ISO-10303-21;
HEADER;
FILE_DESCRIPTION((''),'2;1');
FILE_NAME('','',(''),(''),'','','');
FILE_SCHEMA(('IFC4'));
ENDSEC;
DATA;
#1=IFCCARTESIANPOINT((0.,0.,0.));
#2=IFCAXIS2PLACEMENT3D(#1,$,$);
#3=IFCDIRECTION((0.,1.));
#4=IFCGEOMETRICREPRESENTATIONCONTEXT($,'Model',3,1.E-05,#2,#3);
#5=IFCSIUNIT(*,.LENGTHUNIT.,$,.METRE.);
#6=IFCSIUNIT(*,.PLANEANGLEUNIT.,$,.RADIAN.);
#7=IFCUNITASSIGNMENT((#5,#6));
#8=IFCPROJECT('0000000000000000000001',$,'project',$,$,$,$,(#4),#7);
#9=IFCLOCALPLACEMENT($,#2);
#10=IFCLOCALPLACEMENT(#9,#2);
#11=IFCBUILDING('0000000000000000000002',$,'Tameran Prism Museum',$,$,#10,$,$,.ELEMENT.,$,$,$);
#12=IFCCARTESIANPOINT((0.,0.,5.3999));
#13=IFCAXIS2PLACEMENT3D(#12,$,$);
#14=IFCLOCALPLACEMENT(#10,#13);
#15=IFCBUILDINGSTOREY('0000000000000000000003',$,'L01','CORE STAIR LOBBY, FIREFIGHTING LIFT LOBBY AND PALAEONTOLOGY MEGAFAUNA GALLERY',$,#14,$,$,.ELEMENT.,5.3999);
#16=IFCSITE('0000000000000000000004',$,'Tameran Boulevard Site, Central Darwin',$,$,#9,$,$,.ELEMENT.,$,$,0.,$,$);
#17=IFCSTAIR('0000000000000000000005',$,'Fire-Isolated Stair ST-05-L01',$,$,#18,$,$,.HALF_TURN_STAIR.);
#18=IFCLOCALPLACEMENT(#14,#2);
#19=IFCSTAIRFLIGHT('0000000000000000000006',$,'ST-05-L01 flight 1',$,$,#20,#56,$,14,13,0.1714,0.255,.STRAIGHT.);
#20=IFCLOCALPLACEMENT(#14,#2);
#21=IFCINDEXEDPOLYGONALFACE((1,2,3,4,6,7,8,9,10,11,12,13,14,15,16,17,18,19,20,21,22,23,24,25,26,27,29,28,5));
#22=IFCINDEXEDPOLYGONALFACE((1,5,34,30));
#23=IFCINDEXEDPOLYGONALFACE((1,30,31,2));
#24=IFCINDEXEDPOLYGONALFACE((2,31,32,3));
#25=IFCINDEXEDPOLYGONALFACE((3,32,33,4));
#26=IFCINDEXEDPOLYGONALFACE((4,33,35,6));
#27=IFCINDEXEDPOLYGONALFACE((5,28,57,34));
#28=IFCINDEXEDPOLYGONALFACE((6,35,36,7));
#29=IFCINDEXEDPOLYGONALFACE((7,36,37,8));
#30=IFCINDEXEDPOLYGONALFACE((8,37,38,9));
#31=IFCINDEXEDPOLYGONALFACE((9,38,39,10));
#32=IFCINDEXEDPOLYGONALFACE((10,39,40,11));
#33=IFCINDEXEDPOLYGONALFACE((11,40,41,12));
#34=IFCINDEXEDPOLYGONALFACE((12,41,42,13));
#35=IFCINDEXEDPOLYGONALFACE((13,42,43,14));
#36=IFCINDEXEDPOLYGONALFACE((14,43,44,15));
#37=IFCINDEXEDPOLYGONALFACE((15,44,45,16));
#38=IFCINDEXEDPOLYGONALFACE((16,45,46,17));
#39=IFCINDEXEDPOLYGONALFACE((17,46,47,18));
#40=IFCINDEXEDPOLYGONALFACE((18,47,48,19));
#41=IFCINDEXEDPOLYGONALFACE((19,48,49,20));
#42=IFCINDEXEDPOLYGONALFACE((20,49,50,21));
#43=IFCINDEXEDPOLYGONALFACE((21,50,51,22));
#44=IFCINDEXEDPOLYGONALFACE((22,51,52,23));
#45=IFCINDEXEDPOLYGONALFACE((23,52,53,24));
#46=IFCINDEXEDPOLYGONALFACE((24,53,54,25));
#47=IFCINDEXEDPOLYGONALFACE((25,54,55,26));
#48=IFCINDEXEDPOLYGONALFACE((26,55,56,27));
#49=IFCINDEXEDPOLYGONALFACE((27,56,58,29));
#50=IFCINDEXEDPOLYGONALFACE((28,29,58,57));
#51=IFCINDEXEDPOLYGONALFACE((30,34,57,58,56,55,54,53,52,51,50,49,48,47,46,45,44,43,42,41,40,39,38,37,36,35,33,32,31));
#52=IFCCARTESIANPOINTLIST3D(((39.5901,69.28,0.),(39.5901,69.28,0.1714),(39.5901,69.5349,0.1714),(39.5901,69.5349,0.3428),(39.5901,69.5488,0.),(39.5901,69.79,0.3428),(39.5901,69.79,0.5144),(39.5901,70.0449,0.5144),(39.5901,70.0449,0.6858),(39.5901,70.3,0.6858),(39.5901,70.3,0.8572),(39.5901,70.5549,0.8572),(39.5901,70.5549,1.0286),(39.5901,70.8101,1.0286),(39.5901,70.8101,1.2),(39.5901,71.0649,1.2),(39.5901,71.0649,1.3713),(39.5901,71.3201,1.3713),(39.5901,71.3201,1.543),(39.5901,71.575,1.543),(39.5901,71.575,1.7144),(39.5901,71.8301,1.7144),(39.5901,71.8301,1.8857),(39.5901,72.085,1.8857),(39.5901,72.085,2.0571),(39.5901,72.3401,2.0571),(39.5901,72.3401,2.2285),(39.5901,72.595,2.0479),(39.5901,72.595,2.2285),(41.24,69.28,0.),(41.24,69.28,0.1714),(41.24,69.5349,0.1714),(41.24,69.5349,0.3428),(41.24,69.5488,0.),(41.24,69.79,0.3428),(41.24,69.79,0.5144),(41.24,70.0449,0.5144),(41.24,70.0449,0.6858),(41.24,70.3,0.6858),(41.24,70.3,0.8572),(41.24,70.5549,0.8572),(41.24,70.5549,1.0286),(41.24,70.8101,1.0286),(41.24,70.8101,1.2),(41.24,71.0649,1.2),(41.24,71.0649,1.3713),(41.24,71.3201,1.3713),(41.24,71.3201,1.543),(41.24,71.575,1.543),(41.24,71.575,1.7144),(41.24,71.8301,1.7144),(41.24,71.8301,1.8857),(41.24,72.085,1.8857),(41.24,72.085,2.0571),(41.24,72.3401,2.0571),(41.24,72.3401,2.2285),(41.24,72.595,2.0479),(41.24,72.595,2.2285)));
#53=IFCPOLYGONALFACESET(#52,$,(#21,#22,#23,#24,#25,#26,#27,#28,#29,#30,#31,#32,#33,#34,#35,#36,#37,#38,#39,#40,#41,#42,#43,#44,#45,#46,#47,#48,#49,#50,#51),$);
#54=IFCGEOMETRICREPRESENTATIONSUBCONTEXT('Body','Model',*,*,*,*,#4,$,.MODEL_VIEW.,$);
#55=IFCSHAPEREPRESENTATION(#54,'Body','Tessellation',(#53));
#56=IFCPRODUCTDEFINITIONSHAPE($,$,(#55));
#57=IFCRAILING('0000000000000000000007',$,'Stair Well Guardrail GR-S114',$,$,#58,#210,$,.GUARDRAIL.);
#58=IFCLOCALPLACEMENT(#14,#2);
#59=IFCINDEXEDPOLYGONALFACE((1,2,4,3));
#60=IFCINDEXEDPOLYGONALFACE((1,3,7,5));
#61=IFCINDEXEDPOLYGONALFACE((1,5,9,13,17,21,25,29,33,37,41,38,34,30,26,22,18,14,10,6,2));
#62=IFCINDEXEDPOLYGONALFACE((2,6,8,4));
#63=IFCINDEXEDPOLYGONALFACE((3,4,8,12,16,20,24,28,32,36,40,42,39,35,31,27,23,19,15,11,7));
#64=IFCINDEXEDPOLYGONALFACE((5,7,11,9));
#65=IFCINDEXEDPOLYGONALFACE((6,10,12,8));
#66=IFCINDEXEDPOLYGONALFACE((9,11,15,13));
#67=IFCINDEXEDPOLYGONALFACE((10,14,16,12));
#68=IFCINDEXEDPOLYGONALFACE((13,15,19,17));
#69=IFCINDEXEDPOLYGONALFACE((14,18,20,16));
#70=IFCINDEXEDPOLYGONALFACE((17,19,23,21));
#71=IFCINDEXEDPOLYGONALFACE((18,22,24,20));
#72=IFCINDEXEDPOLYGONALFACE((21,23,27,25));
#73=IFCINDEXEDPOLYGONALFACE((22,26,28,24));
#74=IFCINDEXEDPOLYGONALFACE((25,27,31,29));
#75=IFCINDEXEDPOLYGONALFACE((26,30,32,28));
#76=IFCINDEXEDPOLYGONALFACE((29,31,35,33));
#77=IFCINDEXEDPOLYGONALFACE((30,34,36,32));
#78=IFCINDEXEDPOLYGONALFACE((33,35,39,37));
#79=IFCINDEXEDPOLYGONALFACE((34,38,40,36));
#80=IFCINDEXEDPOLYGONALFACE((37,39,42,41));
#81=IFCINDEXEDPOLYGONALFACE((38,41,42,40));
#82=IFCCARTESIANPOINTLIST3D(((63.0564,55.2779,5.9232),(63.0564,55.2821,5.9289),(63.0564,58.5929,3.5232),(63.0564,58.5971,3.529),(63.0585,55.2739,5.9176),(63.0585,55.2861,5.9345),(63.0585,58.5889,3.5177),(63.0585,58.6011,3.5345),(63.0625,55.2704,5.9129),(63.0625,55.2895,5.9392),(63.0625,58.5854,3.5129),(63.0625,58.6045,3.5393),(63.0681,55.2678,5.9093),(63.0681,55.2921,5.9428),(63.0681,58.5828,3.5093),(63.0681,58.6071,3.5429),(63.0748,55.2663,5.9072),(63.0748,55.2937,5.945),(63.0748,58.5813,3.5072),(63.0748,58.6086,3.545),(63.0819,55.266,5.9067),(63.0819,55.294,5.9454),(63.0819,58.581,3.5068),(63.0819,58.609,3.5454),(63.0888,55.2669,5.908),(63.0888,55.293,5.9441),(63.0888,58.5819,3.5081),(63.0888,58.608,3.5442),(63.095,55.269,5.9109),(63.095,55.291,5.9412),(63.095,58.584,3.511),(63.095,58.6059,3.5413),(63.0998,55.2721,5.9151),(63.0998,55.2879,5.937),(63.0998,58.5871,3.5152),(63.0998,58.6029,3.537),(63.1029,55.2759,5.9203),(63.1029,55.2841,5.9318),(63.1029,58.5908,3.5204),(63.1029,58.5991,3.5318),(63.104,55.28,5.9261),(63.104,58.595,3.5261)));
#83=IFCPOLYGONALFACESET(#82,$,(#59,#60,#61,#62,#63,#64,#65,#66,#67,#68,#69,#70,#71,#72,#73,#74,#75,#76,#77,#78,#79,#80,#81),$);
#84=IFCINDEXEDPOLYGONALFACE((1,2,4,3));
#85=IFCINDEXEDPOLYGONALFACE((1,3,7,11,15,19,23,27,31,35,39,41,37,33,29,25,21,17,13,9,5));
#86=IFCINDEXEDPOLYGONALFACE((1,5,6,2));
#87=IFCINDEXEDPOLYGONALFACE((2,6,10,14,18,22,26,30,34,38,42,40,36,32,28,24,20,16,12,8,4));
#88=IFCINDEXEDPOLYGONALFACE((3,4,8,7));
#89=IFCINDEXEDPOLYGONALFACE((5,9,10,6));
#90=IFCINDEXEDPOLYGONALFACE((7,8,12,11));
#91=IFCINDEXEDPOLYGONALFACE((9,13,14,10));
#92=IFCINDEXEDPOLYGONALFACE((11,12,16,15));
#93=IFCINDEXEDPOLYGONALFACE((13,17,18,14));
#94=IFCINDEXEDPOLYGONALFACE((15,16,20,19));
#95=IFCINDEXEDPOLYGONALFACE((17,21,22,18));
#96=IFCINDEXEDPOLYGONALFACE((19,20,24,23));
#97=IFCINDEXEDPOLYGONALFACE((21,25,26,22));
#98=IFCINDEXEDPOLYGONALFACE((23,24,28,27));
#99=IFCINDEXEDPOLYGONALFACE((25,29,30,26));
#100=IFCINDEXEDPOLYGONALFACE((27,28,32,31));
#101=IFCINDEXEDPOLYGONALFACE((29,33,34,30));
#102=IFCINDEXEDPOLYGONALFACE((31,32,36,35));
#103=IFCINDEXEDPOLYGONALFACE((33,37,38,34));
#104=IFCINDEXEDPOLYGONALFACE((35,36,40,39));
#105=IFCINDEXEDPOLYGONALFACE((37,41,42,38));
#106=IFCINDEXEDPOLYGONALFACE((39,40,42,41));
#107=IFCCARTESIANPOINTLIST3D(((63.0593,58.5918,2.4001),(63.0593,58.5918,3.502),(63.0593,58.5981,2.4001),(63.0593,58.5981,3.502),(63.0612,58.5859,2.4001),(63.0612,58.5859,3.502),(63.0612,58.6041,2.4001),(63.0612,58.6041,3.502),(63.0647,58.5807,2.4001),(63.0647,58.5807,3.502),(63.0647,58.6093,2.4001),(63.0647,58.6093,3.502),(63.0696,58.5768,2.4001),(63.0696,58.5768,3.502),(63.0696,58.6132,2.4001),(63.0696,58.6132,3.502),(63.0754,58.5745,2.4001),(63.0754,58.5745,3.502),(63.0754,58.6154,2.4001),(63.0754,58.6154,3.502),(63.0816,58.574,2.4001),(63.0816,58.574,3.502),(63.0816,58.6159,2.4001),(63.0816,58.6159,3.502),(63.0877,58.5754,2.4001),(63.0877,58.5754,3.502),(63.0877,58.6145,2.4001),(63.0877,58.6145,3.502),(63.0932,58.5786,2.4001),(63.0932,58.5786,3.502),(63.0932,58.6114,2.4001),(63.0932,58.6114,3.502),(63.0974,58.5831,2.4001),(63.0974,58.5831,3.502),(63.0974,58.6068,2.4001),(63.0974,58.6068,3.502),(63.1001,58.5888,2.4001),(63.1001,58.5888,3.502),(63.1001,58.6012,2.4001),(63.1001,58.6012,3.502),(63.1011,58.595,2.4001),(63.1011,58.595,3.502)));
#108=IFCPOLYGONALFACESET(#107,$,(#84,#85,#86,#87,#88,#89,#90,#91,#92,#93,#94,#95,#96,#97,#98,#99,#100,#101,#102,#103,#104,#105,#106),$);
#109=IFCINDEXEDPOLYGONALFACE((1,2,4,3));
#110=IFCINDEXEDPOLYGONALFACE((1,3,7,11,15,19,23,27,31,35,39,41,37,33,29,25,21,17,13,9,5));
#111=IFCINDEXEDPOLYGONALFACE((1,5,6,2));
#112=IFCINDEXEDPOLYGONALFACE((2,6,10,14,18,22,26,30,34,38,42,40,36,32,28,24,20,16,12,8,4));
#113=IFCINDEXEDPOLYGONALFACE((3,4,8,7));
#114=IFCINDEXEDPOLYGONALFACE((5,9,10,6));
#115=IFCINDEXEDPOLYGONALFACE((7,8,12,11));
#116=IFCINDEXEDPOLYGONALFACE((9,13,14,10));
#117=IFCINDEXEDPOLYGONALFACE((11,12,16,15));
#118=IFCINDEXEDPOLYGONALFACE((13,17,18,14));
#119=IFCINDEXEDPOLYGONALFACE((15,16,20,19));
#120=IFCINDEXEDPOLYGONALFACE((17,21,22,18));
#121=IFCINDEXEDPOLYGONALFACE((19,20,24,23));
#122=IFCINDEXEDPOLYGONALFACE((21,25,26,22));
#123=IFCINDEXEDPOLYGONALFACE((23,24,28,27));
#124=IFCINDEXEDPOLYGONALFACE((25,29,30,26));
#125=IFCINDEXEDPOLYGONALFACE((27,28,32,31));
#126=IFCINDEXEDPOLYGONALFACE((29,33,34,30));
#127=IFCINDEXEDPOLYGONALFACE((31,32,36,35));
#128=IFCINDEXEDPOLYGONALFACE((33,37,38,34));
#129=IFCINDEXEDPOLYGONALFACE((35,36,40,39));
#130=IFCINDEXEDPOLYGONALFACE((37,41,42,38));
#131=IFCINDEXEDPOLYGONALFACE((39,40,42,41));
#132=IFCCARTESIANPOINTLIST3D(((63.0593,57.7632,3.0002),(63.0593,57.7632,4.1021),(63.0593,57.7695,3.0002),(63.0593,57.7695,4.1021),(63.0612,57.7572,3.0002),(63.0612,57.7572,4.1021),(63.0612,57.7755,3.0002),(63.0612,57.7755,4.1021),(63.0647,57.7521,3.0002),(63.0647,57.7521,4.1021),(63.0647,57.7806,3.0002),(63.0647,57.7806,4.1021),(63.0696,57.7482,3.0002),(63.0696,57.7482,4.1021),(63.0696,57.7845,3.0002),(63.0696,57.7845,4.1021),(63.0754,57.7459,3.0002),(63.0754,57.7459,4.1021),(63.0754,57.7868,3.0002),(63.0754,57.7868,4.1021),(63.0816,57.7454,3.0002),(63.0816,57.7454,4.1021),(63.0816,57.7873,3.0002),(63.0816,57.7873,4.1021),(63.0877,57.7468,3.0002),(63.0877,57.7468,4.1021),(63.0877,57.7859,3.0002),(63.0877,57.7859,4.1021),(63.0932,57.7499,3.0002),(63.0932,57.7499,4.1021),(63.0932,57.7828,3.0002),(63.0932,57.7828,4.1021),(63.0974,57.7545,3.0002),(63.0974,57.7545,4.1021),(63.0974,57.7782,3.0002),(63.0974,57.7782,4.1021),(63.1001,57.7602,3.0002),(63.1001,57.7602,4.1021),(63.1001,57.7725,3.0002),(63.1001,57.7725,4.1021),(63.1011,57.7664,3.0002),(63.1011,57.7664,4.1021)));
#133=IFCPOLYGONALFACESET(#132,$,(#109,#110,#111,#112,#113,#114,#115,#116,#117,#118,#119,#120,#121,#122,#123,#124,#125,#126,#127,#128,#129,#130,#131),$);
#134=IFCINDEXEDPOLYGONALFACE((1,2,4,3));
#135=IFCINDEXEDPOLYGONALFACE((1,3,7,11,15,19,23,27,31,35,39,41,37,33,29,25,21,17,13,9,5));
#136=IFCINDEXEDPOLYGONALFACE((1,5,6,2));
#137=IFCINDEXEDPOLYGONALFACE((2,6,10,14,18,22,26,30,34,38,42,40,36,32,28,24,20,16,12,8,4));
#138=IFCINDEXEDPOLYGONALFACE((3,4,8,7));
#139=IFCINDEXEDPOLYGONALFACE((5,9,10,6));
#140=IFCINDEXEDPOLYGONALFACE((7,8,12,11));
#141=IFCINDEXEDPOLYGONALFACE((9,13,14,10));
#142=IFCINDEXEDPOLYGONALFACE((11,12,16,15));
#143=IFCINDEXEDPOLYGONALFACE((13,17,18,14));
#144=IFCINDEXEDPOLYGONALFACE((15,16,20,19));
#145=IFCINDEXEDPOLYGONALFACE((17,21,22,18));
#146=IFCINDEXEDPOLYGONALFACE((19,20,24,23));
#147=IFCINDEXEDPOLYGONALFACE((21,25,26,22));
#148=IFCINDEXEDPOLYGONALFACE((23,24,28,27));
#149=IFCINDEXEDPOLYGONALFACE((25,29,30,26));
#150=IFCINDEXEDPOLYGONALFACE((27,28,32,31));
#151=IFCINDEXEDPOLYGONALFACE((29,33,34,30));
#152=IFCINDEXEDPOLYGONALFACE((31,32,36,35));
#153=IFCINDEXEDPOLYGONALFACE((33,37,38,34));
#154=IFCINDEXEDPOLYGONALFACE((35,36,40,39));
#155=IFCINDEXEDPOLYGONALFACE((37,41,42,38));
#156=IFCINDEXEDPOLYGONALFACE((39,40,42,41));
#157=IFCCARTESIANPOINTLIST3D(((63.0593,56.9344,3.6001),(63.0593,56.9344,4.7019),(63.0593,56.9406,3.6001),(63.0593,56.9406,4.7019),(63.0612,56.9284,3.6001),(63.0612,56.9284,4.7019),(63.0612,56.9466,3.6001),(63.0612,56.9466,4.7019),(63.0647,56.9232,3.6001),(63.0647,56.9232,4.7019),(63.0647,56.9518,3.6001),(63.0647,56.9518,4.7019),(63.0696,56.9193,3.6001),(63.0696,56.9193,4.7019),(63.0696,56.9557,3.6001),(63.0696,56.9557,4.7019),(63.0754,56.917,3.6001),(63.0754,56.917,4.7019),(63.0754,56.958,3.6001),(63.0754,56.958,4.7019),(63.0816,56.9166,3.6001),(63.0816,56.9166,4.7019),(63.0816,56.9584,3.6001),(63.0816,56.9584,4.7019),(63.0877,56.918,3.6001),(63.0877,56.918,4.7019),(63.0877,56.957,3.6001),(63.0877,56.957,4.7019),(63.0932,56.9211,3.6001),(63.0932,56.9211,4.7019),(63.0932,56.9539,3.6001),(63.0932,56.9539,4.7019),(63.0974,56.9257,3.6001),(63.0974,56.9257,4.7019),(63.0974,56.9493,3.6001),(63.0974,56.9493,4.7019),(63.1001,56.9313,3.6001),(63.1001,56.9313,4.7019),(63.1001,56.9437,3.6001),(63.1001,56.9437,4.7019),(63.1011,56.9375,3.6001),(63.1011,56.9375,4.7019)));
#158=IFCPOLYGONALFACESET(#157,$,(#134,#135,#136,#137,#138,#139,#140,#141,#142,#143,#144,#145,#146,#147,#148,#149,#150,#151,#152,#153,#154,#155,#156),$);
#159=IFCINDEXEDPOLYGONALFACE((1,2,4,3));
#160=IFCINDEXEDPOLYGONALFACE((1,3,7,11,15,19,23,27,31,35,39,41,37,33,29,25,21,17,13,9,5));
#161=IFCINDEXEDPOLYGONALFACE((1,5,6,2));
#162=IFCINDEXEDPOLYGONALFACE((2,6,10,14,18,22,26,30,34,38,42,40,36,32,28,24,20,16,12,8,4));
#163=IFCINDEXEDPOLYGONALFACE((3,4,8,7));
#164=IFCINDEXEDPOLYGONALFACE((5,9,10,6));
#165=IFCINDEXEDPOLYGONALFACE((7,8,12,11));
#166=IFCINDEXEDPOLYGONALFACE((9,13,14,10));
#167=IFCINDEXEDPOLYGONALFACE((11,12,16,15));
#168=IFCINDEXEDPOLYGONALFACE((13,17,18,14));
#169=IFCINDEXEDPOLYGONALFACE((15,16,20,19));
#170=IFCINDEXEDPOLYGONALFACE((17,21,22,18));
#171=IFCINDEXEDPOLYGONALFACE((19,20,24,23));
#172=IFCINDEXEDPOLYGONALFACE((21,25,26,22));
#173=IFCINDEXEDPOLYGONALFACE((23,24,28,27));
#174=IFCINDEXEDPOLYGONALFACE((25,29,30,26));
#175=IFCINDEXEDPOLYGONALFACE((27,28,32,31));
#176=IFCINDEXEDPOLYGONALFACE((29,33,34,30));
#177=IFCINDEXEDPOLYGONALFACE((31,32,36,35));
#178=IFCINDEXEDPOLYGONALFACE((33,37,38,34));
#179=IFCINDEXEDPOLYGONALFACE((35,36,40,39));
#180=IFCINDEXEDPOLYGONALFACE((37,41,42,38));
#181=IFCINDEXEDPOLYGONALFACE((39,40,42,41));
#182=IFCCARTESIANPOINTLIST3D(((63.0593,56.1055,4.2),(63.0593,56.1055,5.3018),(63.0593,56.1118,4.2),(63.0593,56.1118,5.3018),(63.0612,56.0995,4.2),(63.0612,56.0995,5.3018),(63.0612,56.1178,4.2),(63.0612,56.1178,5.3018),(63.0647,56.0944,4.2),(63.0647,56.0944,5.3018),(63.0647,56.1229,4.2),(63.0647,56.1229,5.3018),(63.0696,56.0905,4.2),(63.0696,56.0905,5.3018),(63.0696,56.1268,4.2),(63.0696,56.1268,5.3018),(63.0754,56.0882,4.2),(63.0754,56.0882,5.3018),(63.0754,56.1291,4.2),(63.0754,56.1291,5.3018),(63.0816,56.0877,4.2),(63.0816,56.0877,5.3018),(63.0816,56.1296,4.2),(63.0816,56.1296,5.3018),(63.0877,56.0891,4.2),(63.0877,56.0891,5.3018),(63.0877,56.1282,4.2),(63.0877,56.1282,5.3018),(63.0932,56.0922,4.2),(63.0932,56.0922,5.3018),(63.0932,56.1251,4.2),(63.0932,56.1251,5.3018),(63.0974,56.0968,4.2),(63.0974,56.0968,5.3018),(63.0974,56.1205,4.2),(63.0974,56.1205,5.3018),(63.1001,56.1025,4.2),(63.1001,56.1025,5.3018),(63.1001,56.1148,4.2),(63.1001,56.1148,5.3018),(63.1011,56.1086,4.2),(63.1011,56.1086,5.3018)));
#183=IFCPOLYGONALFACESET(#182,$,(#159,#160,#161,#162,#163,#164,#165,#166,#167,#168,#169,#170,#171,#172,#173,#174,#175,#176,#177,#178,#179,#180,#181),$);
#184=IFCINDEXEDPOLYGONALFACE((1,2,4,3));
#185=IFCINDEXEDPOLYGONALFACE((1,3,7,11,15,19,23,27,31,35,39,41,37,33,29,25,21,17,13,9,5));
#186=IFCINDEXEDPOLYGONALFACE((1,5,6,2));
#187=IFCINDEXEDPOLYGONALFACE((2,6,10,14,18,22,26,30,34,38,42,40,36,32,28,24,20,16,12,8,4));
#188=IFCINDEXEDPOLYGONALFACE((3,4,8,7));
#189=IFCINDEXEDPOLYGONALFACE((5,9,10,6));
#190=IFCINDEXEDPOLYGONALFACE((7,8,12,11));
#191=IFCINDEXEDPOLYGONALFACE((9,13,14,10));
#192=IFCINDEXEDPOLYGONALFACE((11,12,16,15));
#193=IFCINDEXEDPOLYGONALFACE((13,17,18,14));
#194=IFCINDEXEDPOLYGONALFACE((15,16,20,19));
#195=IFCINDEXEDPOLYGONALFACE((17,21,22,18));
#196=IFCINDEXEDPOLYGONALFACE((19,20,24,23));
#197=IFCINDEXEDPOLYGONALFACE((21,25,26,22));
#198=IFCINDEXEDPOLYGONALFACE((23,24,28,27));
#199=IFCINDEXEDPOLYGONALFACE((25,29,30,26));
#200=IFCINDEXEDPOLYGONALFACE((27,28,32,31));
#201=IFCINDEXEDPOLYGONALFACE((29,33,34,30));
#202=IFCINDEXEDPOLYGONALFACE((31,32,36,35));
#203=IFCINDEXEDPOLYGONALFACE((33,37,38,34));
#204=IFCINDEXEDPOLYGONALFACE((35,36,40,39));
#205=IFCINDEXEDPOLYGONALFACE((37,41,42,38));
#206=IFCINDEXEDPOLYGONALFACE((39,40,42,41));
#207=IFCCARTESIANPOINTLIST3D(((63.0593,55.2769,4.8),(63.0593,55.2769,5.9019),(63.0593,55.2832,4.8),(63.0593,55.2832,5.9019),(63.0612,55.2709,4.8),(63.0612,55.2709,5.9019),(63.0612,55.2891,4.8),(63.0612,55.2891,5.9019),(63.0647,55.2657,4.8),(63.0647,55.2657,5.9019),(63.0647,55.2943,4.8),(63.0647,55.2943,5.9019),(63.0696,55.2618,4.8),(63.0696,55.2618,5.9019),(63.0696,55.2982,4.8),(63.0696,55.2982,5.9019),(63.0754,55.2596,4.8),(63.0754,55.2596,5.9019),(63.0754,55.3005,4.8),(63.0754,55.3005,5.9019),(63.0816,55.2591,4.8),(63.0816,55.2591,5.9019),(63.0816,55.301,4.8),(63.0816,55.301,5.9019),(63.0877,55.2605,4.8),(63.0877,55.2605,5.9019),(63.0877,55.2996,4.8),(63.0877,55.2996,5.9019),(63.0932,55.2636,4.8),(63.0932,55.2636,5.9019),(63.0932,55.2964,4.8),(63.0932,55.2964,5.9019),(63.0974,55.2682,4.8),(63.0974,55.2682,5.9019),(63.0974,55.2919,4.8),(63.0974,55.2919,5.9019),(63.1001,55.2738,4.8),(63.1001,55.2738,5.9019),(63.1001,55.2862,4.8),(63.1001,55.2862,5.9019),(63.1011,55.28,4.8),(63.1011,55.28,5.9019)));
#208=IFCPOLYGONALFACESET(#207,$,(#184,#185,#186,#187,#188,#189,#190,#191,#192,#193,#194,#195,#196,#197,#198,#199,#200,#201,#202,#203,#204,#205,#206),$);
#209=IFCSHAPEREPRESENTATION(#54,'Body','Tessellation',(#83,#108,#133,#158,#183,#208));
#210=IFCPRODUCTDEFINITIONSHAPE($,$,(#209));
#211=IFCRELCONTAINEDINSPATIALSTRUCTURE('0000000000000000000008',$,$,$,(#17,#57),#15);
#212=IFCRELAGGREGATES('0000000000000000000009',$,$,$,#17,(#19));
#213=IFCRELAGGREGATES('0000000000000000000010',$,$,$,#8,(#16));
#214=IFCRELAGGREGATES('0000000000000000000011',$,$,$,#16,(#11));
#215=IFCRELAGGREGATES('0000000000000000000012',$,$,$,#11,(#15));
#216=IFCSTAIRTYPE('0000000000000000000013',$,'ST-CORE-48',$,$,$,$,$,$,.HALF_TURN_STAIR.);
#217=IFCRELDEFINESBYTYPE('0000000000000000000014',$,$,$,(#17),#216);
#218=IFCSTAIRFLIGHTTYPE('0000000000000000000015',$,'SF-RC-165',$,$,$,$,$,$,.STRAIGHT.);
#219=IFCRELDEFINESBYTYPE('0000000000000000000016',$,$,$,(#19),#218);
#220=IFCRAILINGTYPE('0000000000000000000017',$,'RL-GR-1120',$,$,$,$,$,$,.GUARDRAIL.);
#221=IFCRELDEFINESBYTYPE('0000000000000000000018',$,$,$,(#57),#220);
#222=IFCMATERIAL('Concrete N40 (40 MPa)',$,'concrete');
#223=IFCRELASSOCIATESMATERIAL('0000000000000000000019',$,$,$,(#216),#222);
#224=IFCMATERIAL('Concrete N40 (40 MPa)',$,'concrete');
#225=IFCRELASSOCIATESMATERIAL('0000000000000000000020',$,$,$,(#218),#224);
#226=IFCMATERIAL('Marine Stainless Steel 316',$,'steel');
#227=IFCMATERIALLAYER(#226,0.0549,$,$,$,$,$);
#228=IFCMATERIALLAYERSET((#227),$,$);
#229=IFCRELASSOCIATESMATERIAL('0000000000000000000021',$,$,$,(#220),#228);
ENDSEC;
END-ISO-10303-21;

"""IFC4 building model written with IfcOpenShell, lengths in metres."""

from ifc_helpers import new_model, si_unit, direction, frame, origin, origin_2d, place, context, subcontext, project, spatial, polyline, circle, outline, extrude, material, layer, layer_set, type_object, element, aggregate, save


model = new_model("IFC4")

# Units and contexts
model_context = context("Model", 3, precision=1e-05, world=origin(), true_north=direction((0.0, 1.0)))
body_context = subcontext(model_context, "Body", "Model", "MODEL_VIEW")
ifc_project = project(units=[si_unit("LENGTHUNIT", "METRE"), si_unit("PLANEANGLEUNIT", "RADIAN")], contexts=[model_context])

# Site, building, storey
site_placement = place(None, origin())
site = spatial("IfcSite", under=ifc_project, at=site_placement, Name="Tameran Boulevard Site, Central Darwin", CompositionType="ELEMENT", RefElevation=0.0)
building_placement = place(site_placement, origin())
building = spatial("IfcBuilding", under=site, at=building_placement, Name="Tameran Prism Museum", CompositionType="ELEMENT")
storey_placement = place(building_placement, frame((0.0, 0.0, 5.3999)))
storey = spatial("IfcBuildingStorey", under=building, at=storey_placement, Name="L01", Description="CORE STAIR LOBBY, FIREFIGHTING LIFT LOBBY AND PALAEONTOLOGY MEGAFAUNA GALLERY", CompositionType="ELEMENT", Elevation=5.3999)

# Stair, stair flight
ifc_material_1 = material(Name="Concrete N40 (40 MPa)", Category="concrete")
stair_type = type_object("IfcStairType", Name="ST-CORE-48", PredefinedType="HALF_TURN_STAIR", material=ifc_material_1)
ifc_material_2 = material(Name="Concrete N40 (40 MPa)", Category="concrete")
stair_flight_type = type_object("IfcStairFlightType", Name="SF-RC-165", PredefinedType="STRAIGHT", material=ifc_material_2)
stair_1_placement = place(storey_placement, origin())
stair_1 = element("IfcStair", 1, at=stair_1_placement, inside=storey, type_object=stair_type, Name="Fire-Isolated Stair ST-05-L01", PredefinedType="HALF_TURN_STAIR")
stair_flight_1_placement = place(storey_placement, frame((40.415, 69.28, 0.0), z_axis=(0.0, 0.0, 1.0), x_axis=(0.0, 1.0, 0.0)))
stair_flight_1 = element("IfcStairFlight", 2, at=stair_flight_1_placement, type_object=stair_flight_type, Name="ST-05-L01 flight 1", NumberOfRisers=14, NumberOfTreads=13, PredefinedType="STRAIGHT", RiserHeight=0.1714, TreadLength=0.255, context=body_context, shape_type="SweptSolid", body=[
    extrude(outline(polyline([(0.0, 0.0), (0.0, 0.1714), (0.2549, 0.1714), (0.2549, 0.3428), (0.51, 0.3428), (0.51, 0.5144), (0.7649, 0.5144), (0.7649, 0.6858), (1.02, 0.6858), (1.02, 0.8572), (1.2749, 0.8572), (1.2749, 1.0286), (1.53, 1.0286), (1.53, 1.2), (1.7849, 1.2), (1.7849, 1.3713), (2.04, 1.3713), (2.04, 1.543), (2.2949, 1.543), (2.2949, 1.7144), (2.55, 1.7144), (2.55, 1.8857), (2.8049, 1.8857), (2.8049, 2.0571), (3.0601, 2.0571), (3.0601, 2.2285), (3.3149, 2.2285), (3.3149, 2.3999), (3.3149, 2.0479), (0.2688, 0.0), (0.0, 0.0)])), frame((0.0, 0.825, 0.0), z_axis=(0.0, -1.0, 0.0), x_axis=(1.0, 0.0, 0.0)), (0.0, 0.0, 1.0), 1.6499),
])
aggregate(stair_1, [stair_flight_1])

# Railing
ifc_material_3 = material(Name="Marine Stainless Steel 316", Category="steel")
ifc_layer_1 = layer(ifc_material_3, 0.0549)
ifc_layer_set_1 = layer_set([ifc_layer_1])
railing_type_1 = type_object("IfcRailingType", Name="RL-GR-1120", PredefinedType="GUARDRAIL", material=ifc_layer_set_1)
railing_1_placement = place(storey_placement, frame((63.0801, 58.595, 2.4001)))
element("IfcRailing", 3, at=railing_1_placement, inside=storey, type_object=railing_type_1, Name="Stair Well Guardrail GR-S114", PredefinedType="GUARDRAIL", context=body_context, shape_type="SweptSolid", body=[
    extrude(circle(Radius=0.0239, at=origin_2d()), frame((0.0, 0.0, 1.126), z_axis=(0.0, -0.810009, 0.586418), x_axis=(1.0, 0.0, 0.0)), (0.0, 0.0, 1.0), 4.0925),
    extrude(circle(Radius=0.021, at=origin_2d()), origin(), (0.0, 0.0, 1.0), 1.1018),
    extrude(circle(Radius=0.021, at=origin_2d()), frame((0.0, -0.8286, 0.6001)), (0.0, 0.0, 1.0), 1.1018),
    extrude(circle(Radius=0.021, at=origin_2d()), frame((0.0, -1.6575, 1.2)), (0.0, 0.0, 1.0), 1.1018),
    extrude(circle(Radius=0.021, at=origin_2d()), frame((0.0, -2.4863, 1.7998)), (0.0, 0.0, 1.0), 1.1018),
    extrude(circle(Radius=0.021, at=origin_2d()), frame((0.0, -3.3149, 2.3999)), (0.0, 0.0, 1.0), 1.1018),
])

save(model, "model.ifc")
